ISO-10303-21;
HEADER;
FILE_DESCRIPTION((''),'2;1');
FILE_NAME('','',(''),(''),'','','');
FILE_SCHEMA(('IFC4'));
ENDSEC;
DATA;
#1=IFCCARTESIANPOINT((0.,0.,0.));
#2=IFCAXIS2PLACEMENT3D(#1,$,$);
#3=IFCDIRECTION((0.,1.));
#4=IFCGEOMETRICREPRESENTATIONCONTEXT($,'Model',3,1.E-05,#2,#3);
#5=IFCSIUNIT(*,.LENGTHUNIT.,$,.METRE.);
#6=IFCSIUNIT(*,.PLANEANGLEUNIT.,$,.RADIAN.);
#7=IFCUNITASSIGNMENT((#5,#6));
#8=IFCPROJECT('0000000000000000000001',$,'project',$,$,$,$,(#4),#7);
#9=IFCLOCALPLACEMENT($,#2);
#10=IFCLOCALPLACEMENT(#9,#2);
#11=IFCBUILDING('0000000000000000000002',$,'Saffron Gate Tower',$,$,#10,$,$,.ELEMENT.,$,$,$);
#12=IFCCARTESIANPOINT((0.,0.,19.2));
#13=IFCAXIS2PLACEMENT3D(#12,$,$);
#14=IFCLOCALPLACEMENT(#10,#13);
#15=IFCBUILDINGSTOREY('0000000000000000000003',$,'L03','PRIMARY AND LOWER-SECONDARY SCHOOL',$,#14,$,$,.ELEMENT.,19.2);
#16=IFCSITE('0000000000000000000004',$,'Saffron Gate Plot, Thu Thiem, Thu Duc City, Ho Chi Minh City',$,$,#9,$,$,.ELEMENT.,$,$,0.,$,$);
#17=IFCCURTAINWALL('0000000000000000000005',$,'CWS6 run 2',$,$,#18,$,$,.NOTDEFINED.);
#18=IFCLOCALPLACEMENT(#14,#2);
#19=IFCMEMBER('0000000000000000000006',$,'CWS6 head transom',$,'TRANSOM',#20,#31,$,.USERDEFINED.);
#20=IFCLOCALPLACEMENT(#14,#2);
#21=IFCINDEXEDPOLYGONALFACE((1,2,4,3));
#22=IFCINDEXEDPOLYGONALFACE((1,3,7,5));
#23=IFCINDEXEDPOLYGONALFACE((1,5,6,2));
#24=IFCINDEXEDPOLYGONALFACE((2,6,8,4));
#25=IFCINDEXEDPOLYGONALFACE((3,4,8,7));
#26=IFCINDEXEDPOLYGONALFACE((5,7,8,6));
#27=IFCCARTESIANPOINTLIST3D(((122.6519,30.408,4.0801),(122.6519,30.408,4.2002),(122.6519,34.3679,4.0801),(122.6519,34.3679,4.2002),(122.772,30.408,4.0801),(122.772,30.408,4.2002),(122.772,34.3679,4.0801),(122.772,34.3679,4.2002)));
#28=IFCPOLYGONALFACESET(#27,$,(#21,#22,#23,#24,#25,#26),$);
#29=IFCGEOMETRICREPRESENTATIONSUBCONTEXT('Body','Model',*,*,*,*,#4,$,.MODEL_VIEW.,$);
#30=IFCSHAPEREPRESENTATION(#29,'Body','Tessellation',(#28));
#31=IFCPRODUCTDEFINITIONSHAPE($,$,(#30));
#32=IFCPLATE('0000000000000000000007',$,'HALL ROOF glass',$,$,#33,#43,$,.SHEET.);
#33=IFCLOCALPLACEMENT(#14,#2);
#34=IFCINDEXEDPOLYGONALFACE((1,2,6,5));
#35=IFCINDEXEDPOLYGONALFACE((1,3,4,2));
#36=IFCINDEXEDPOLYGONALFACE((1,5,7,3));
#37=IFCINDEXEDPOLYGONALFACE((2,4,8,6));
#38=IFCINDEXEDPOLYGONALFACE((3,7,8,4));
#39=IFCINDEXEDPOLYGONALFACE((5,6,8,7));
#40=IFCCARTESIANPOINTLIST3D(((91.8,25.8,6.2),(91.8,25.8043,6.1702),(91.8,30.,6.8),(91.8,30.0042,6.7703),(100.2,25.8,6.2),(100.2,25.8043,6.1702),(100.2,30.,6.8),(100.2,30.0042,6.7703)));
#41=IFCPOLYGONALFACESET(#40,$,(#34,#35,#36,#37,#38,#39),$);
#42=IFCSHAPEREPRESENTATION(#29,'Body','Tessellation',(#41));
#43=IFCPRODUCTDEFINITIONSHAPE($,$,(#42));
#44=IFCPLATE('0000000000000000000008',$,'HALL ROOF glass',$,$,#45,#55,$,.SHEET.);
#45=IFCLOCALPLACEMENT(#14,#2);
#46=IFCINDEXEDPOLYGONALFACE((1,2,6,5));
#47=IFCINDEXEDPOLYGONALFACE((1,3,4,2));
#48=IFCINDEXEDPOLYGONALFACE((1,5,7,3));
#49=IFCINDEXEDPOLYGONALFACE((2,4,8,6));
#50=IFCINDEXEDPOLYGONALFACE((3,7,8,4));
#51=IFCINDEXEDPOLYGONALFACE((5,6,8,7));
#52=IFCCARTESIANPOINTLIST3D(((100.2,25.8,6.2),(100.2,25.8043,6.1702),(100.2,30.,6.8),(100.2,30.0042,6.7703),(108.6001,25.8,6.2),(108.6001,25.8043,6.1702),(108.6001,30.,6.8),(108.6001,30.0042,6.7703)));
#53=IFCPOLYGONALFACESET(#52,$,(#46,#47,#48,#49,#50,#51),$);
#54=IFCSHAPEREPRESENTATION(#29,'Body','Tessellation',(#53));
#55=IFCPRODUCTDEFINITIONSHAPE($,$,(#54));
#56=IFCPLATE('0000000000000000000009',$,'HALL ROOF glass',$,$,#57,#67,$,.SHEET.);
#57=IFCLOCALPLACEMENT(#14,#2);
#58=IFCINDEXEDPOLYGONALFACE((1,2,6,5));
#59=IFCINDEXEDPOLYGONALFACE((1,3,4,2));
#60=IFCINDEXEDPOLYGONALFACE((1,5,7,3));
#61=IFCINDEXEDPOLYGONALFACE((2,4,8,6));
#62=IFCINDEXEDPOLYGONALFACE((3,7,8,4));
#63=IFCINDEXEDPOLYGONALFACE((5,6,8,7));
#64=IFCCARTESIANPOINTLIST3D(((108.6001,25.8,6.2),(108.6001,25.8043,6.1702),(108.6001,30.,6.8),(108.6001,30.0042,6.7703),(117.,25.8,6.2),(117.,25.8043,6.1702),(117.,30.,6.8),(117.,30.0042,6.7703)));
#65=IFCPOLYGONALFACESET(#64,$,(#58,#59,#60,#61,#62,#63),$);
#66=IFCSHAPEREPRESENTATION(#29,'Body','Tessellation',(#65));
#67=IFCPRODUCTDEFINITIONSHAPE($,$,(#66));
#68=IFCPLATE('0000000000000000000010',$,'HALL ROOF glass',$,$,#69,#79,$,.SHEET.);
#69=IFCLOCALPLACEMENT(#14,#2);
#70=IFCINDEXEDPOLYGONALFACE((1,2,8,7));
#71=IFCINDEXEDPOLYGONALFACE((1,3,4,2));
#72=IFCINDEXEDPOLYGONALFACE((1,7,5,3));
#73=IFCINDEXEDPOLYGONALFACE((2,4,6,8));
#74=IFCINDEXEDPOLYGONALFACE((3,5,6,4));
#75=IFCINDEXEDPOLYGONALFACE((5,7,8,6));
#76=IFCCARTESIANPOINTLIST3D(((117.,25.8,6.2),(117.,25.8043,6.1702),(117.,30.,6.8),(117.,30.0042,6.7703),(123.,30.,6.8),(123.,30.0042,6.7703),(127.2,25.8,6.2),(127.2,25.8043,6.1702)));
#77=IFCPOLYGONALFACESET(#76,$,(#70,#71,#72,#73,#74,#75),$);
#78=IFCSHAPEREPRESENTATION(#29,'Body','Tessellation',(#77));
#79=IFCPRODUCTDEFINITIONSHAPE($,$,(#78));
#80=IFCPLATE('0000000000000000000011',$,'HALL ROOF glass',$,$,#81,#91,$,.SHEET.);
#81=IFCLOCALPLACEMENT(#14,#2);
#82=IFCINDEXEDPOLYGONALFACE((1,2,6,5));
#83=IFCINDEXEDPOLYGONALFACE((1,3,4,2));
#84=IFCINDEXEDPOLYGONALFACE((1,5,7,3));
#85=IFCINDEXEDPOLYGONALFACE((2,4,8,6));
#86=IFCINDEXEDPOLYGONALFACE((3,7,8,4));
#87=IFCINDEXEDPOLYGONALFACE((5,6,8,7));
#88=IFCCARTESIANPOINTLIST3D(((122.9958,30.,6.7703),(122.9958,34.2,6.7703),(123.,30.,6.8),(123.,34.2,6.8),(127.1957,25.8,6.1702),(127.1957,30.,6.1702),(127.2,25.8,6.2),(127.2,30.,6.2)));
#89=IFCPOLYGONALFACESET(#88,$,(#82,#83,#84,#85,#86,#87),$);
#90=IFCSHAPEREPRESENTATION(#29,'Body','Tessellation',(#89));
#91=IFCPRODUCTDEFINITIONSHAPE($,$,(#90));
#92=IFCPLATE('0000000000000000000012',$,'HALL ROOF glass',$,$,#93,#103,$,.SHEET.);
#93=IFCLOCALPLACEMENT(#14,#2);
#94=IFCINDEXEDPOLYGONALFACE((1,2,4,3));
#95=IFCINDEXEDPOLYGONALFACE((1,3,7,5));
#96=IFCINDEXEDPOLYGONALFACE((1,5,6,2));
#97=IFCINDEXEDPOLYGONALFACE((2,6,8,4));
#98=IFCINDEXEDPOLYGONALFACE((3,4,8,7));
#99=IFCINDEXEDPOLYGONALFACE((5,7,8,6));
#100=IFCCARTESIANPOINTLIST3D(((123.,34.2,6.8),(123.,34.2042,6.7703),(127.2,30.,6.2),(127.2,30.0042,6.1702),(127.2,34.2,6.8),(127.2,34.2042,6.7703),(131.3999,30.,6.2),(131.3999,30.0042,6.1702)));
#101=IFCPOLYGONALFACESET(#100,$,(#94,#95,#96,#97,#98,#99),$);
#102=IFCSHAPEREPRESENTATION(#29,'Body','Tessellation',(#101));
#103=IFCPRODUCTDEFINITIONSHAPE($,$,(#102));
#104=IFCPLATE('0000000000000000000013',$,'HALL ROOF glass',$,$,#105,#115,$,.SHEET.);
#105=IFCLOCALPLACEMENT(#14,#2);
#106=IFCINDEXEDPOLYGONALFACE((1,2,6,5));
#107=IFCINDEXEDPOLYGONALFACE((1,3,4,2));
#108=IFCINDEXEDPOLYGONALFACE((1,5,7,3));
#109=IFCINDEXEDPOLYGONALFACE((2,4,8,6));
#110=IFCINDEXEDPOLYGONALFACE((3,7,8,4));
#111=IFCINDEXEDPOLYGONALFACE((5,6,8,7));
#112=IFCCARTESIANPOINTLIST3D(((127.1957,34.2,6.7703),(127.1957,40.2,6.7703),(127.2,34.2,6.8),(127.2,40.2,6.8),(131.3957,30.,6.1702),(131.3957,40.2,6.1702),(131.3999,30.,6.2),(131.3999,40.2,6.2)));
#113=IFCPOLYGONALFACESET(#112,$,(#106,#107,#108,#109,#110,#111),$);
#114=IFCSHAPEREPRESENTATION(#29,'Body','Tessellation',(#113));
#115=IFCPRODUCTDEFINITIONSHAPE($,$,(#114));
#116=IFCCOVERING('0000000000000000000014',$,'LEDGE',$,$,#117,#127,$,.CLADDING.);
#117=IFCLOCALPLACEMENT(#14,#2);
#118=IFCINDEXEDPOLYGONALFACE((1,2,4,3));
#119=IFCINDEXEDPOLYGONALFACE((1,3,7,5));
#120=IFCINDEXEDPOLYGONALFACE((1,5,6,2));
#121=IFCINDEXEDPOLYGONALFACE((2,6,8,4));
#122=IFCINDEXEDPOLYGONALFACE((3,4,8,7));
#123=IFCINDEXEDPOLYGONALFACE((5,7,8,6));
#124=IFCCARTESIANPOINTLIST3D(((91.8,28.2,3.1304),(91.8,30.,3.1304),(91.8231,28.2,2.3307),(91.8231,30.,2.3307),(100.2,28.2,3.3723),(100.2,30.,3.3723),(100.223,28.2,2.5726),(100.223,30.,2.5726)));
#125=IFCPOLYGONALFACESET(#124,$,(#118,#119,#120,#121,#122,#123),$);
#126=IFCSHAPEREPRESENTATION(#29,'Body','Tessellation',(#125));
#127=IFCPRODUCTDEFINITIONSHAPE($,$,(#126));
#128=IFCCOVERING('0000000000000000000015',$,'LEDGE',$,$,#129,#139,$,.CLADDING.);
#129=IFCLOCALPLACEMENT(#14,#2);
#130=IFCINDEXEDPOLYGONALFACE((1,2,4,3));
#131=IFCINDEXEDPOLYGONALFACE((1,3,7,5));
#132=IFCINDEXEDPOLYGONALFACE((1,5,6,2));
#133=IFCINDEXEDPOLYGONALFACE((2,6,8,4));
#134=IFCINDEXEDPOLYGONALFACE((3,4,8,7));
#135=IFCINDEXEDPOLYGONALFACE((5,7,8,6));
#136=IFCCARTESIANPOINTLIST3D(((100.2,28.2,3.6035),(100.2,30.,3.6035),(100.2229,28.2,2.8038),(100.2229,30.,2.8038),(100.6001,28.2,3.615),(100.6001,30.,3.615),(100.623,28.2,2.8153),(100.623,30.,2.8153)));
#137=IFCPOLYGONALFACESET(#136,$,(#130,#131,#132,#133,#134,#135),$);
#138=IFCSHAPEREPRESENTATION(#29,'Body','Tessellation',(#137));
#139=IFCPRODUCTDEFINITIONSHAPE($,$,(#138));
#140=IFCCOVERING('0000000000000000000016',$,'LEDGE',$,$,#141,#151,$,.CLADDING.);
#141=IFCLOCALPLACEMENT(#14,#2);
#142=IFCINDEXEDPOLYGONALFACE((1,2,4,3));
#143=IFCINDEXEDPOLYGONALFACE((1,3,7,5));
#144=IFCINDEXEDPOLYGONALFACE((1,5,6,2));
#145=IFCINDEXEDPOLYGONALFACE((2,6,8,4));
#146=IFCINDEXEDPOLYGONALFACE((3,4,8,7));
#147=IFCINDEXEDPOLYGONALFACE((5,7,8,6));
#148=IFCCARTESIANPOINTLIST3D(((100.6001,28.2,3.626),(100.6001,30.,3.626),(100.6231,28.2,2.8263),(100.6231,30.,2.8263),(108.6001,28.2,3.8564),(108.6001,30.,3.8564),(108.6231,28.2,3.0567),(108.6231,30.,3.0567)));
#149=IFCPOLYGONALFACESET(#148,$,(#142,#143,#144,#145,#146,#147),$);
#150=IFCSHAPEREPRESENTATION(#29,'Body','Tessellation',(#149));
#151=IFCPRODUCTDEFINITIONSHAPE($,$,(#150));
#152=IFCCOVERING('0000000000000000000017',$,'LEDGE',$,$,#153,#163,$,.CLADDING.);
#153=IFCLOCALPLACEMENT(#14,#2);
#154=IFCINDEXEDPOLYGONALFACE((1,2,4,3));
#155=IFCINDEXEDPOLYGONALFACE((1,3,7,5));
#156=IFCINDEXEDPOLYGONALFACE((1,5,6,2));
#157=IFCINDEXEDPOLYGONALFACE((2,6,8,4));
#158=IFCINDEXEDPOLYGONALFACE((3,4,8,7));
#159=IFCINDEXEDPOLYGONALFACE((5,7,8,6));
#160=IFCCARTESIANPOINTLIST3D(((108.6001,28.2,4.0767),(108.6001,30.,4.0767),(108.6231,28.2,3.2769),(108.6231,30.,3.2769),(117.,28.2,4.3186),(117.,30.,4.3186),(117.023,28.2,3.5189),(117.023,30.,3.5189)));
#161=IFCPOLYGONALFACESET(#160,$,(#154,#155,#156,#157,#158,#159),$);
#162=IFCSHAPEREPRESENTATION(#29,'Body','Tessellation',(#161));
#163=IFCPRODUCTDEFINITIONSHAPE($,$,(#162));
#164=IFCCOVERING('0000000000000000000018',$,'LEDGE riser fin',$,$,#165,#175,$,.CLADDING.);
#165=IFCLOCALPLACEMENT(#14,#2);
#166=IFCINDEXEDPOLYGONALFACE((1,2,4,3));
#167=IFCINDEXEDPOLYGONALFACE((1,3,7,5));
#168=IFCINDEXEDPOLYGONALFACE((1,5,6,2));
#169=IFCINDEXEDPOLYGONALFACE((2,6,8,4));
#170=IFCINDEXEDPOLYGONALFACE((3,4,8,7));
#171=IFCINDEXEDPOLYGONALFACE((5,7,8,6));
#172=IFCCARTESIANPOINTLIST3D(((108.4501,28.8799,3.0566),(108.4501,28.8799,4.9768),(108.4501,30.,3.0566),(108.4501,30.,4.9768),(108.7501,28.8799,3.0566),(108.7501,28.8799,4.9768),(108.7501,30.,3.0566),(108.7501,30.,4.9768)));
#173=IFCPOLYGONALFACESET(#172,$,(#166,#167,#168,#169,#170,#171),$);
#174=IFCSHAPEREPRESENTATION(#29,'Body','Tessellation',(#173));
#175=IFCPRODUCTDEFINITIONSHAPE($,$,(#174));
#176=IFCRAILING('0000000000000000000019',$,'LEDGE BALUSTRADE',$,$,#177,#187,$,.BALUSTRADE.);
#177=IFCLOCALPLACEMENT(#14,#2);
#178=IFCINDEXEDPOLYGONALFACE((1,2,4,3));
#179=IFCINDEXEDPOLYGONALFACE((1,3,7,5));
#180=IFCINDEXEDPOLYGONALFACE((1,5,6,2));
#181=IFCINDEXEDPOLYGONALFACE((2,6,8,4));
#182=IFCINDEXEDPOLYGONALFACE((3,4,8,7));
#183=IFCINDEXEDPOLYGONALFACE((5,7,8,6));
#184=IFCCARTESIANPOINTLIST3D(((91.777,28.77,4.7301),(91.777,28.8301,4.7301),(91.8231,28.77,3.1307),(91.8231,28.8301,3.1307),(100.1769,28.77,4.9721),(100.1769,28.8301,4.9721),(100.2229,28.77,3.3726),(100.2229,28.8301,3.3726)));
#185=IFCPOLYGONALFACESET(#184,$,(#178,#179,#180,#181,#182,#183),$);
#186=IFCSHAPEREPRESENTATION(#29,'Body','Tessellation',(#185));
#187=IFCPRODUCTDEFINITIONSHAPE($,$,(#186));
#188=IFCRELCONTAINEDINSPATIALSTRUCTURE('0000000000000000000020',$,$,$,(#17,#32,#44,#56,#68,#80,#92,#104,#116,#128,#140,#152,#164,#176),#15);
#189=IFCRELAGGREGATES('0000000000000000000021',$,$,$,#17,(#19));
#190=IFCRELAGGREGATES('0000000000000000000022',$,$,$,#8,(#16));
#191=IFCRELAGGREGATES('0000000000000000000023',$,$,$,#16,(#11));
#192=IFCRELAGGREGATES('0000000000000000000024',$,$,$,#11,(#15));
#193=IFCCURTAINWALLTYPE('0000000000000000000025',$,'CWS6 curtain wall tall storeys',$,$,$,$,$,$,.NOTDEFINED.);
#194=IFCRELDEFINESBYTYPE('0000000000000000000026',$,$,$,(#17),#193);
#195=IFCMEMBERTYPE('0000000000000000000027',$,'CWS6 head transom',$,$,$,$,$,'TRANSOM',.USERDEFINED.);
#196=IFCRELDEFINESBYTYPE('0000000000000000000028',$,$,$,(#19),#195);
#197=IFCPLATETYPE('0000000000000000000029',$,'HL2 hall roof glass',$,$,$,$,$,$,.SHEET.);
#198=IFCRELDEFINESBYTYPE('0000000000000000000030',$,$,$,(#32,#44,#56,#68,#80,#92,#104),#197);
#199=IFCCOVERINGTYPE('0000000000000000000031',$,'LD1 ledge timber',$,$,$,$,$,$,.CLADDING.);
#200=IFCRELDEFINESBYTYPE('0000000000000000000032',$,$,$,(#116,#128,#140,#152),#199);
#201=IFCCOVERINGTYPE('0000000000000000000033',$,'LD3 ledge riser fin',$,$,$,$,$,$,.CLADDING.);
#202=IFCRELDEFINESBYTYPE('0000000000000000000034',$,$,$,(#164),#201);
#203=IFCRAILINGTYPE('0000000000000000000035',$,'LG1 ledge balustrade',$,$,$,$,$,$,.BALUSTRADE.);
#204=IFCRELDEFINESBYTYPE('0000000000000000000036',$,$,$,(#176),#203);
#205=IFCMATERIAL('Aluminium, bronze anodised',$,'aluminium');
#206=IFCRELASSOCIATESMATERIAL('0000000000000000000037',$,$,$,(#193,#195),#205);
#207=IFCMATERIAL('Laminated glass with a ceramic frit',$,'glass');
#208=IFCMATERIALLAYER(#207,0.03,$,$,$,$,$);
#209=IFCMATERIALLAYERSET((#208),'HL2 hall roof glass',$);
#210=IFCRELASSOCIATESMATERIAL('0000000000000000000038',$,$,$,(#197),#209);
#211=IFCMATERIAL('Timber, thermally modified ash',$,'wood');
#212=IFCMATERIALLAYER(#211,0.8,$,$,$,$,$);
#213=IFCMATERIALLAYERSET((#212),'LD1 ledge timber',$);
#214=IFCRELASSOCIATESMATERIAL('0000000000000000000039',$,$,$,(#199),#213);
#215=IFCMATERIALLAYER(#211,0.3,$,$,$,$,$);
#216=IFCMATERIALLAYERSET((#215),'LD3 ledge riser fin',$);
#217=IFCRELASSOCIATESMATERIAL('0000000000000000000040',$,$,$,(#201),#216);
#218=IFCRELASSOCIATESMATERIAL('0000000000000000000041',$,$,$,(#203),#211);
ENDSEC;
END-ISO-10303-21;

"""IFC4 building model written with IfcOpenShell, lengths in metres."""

from ifc_helpers import new_model, si_unit, direction, frame, origin, origin_2d, place, context, subcontext, project, spatial, polyline, rectangle, outline, extrude, material, layer, layer_set, material_profile, profile_set, type_object, element, aggregate, save


model = new_model("IFC4")

# Units and contexts
model_context = context("Model", 3, precision=1e-05, world=origin(), true_north=direction((0.0, 1.0)))
body_context = subcontext(model_context, "Body", "Model", "MODEL_VIEW")
ifc_project = project(units=[si_unit("LENGTHUNIT", "METRE"), si_unit("PLANEANGLEUNIT", "RADIAN")], contexts=[model_context])

# Site, building, storey
site_placement = place(None, origin())
site = spatial("IfcSite", under=ifc_project, at=site_placement, Name="Saffron Gate Plot, Thu Thiem, Thu Duc City, Ho Chi Minh City", CompositionType="ELEMENT", RefElevation=0.0)
building_placement = place(site_placement, origin())
building = spatial("IfcBuilding", under=site, at=building_placement, Name="Saffron Gate Tower", CompositionType="ELEMENT")
storey_placement = place(building_placement, frame((0.0, 0.0, 19.2)))
storey = spatial("IfcBuildingStorey", under=building, at=storey_placement, Name="L03", Description="PRIMARY AND LOWER-SECONDARY SCHOOL", CompositionType="ELEMENT", Elevation=19.2)

# Curtain wall, member
ifc_material_1 = material(Name="Aluminium, bronze anodised", Category="aluminium")
curtain_wall_type = type_object("IfcCurtainWallType", Name="CWS6 curtain wall tall storeys", PredefinedType="NOTDEFINED", material=ifc_material_1)
curtain_wall_placement = place(storey_placement, origin())
curtain_wall = element("IfcCurtainWall", 1, at=curtain_wall_placement, inside=storey, type_object=curtain_wall_type, Name="CWS6 run 2", PredefinedType="NOTDEFINED")
ifc_material_profile = material_profile(ifc_material_1, rectangle(XDim=0.1201, YDim=0.1201, at=origin_2d()))
ifc_profile_set = profile_set([ifc_material_profile], Name="Aluminium, bronze anodised")
member_type = type_object("IfcMemberType", Name="CWS6 head transom", ElementType="TRANSOM", PredefinedType="USERDEFINED", material=ifc_profile_set)
member_placement = place(storey_placement, frame((122.7119, 30.408, 4.1401), z_axis=(0.0, 1.0, 0.0), x_axis=(-1.0, 0.0, 0.0)))
member = element("IfcMember", 2, at=member_placement, type_object=member_type, Name="CWS6 head transom", ObjectType="TRANSOM", PredefinedType="USERDEFINED", context=body_context, shape_type="SweptSolid", body=[
    extrude(rectangle(XDim=0.1201, YDim=0.1201, at=origin_2d()), origin(), (0.0, 0.0, 1.0), 3.96),
])
aggregate(curtain_wall, [member])

# Plates
ifc_material_2 = material(Name="Laminated glass with a ceramic frit", Category="glass")
ifc_layer_1 = layer(ifc_material_2, 0.03)
ifc_layer_set_1 = layer_set([ifc_layer_1], Name="HL2 hall roof glass")
plate_type = type_object("IfcPlateType", Name="HL2 hall roof glass", PredefinedType="SHEET", material=ifc_layer_set_1)
plate_1_placement = place(storey_placement, frame((91.8, 30.0, 6.8), z_axis=(0.0, -0.141446, 0.989946), x_axis=(1.0, 0.0, 0.0)))
element("IfcPlate", 3, at=plate_1_placement, inside=storey, type_object=plate_type, Name="HALL ROOF glass", PredefinedType="SHEET", context=body_context, shape_type="SweptSolid", body=[
    extrude(outline(polyline([(0.0, 0.0), (8.3999, 0.0), (8.3999, -4.2426), (0.0, -4.2426), (0.0, 0.0)])), origin(), (0.0, 0.0, -1.0), 0.03),
])
plate_2_placement = place(storey_placement, frame((100.2, 30.0, 6.8), z_axis=(0.0, -0.141446, 0.989946), x_axis=(1.0, 0.0, 0.0)))
element("IfcPlate", 4, at=plate_2_placement, inside=storey, type_object=plate_type, Name="HALL ROOF glass", PredefinedType="SHEET", context=body_context, shape_type="SweptSolid", body=[
    extrude(outline(polyline([(0.0, 0.0), (8.4001, 0.0), (8.4001, -4.2426), (0.0, -4.2426), (0.0, 0.0)])), origin(), (0.0, 0.0, -1.0), 0.03),
])
plate_3_placement = place(storey_placement, frame((108.6001, 30.0, 6.8), z_axis=(0.0, -0.141446, 0.989946), x_axis=(1.0, 0.0, 0.0)))
element("IfcPlate", 5, at=plate_3_placement, inside=storey, type_object=plate_type, Name="HALL ROOF glass", PredefinedType="SHEET", context=body_context, shape_type="SweptSolid", body=[
    extrude(outline(polyline([(0.0, 0.0), (8.3999, 0.0), (8.3999, -4.2426), (0.0, -4.2426), (0.0, 0.0)])), origin(), (0.0, 0.0, -1.0), 0.03),
])
plate_4_placement = place(storey_placement, frame((117.0, 30.0, 6.8), z_axis=(0.0, -0.141446, 0.989946), x_axis=(1.0, 0.0, 0.0)))
element("IfcPlate", 6, at=plate_4_placement, inside=storey, type_object=plate_type, Name="HALL ROOF glass", PredefinedType="SHEET", context=body_context, shape_type="SweptSolid", body=[
    extrude(outline(polyline([(0.0, 0.0), (6.0, 0.0), (10.2, -4.2426), (0.0, -4.2426), (0.0, 0.0)])), origin(), (0.0, 0.0, -1.0), 0.03),
])
plate_5_placement = place(storey_placement, frame((123.0, 30.0, 6.8), z_axis=(0.141446, 0.0, 0.989946), x_axis=(0.0, 1.0, 0.0)))
element("IfcPlate", 7, at=plate_5_placement, inside=storey, type_object=plate_type, Name="HALL ROOF glass", PredefinedType="SHEET", context=body_context, shape_type="SweptSolid", body=[
    extrude(outline(polyline([(0.0, 0.0), (4.2, 0.0), (0.0, -4.2426), (-4.2, -4.2426), (0.0, 0.0)])), origin(), (0.0, 0.0, -1.0), 0.03),
])
plate_6_placement = place(storey_placement, frame((123.0, 34.2, 6.8), z_axis=(0.0, -0.141446, 0.989946), x_axis=(1.0, 0.0, 0.0)))
element("IfcPlate", 8, at=plate_6_placement, inside=storey, type_object=plate_type, Name="HALL ROOF glass", PredefinedType="SHEET", context=body_context, shape_type="SweptSolid", body=[
    extrude(outline(polyline([(0.0, 0.0), (4.2, 0.0), (8.3999, -4.2426), (4.2, -4.2426), (0.0, 0.0)])), origin(), (0.0, 0.0, -1.0), 0.03),
])
plate_7_placement = place(storey_placement, frame((127.2, 34.2, 6.8), z_axis=(0.141446, 0.0, 0.989946), x_axis=(0.0, 1.0, 0.0)))
element("IfcPlate", 9, at=plate_7_placement, inside=storey, type_object=plate_type, Name="HALL ROOF glass", PredefinedType="SHEET", context=body_context, shape_type="SweptSolid", body=[
    extrude(outline(polyline([(0.0, 0.0), (6.0, 0.0), (6.0, -4.2426), (-4.2, -4.2426), (0.0, 0.0)])), origin(), (0.0, 0.0, -1.0), 0.03),
])

# Coverings
ifc_material_3 = material(Name="Timber, thermally modified ash", Category="wood")
ifc_layer_2 = layer(ifc_material_3, 0.8)
ifc_layer_set_2 = layer_set([ifc_layer_2], Name="LD1 ledge timber")
covering_type_1 = type_object("IfcCoveringType", Name="LD1 ledge timber", PredefinedType="CLADDING", material=ifc_layer_set_2)
covering_1_placement = place(storey_placement, frame((91.8, 30.0, 3.1304), z_axis=(-0.028791, 0.0, 0.999585), x_axis=(0.999585, 0.0, 0.028791)))
element("IfcCovering", 10, at=covering_1_placement, inside=storey, type_object=covering_type_1, Name="LEDGE", PredefinedType="CLADDING", context=body_context, shape_type="SweptSolid", body=[
    extrude(outline(polyline([(0.0, 0.0), (8.4034, 0.0), (8.4034, -1.8), (0.0, -1.8), (0.0, 0.0)])), origin(), (0.0, 0.0, -1.0), 0.8),
])
covering_2_placement = place(storey_placement, frame((100.2, 30.0, 3.6035), z_axis=(-0.028664, 0.0, 0.999589), x_axis=(0.999589, 0.0, 0.028664)))
element("IfcCovering", 11, at=covering_2_placement, inside=storey, type_object=covering_type_1, Name="LEDGE", PredefinedType="CLADDING", context=body_context, shape_type="SweptSolid", body=[
    extrude(outline(polyline([(0.0, 0.0), (0.4003, 0.0), (0.4003, -1.8), (0.0, -1.8), (0.0, 0.0)])), origin(), (0.0, 0.0, -1.0), 0.8),
])
covering_3_placement = place(storey_placement, frame((100.6001, 30.0, 3.626), z_axis=(-0.028797, 0.0, 0.999585), x_axis=(0.999585, 0.0, 0.028797)))
element("IfcCovering", 12, at=covering_3_placement, inside=storey, type_object=covering_type_1, Name="LEDGE", PredefinedType="CLADDING", context=body_context, shape_type="SweptSolid", body=[
    extrude(outline(polyline([(0.0, 0.0), (8.0033, 0.0), (8.0033, -1.8), (0.0, -1.8), (0.0, 0.0)])), origin(), (0.0, 0.0, -1.0), 0.8),
])
covering_4_placement = place(storey_placement, frame((108.6001, 30.0, 4.0767), z_axis=(-0.028791, 0.0, 0.999585), x_axis=(0.999585, 0.0, 0.028791)))
element("IfcCovering", 13, at=covering_4_placement, inside=storey, type_object=covering_type_1, Name="LEDGE", PredefinedType="CLADDING", context=body_context, shape_type="SweptSolid", body=[
    extrude(outline(polyline([(0.0, 0.0), (8.4034, 0.0), (8.4034, -1.8), (0.0, -1.8), (0.0, 0.0)])), origin(), (0.0, 0.0, -1.0), 0.8),
])
ifc_layer_3 = layer(ifc_material_3, 0.3)
ifc_layer_set_3 = layer_set([ifc_layer_3], Name="LD3 ledge riser fin")
covering_type_2 = type_object("IfcCoveringType", Name="LD3 ledge riser fin", PredefinedType="CLADDING", material=ifc_layer_set_3)
covering_5_placement = place(storey_placement, frame((108.6001, 29.4399, 3.0566), z_axis=(0.0, 0.0, 1.0), x_axis=(1.0, 0.0, 0.0)))
element("IfcCovering", 14, at=covering_5_placement, inside=storey, type_object=covering_type_2, Name="LEDGE riser fin", PredefinedType="CLADDING", context=body_context, shape_type="SweptSolid", body=[
    extrude(rectangle(XDim=0.3, YDim=1.1201, at=origin_2d()), origin(), (0.0, 0.0, 1.0), 1.9202),
])

# Railing
railing_type = type_object("IfcRailingType", Name="LG1 ledge balustrade", PredefinedType="BALUSTRADE", material=ifc_material_3)
railing_1_placement = place(storey_placement, frame((91.8, 28.8, 3.1304)))
element("IfcRailing", 15, at=railing_1_placement, inside=storey, type_object=railing_type, Name="LEDGE BALUSTRADE", PredefinedType="BALUSTRADE", context=body_context, shape_type="SweptSolid", body=[
    extrude(rectangle(XDim=0.0601, YDim=1.6001, at=origin_2d()), frame((0.0, 0.0, 0.8), z_axis=(0.999585, 0.0, 0.028791), x_axis=(0.0, 1.0, 0.0)), (0.0, 0.0, 1.0), 8.4033),
])

save(model, "model.ifc")
